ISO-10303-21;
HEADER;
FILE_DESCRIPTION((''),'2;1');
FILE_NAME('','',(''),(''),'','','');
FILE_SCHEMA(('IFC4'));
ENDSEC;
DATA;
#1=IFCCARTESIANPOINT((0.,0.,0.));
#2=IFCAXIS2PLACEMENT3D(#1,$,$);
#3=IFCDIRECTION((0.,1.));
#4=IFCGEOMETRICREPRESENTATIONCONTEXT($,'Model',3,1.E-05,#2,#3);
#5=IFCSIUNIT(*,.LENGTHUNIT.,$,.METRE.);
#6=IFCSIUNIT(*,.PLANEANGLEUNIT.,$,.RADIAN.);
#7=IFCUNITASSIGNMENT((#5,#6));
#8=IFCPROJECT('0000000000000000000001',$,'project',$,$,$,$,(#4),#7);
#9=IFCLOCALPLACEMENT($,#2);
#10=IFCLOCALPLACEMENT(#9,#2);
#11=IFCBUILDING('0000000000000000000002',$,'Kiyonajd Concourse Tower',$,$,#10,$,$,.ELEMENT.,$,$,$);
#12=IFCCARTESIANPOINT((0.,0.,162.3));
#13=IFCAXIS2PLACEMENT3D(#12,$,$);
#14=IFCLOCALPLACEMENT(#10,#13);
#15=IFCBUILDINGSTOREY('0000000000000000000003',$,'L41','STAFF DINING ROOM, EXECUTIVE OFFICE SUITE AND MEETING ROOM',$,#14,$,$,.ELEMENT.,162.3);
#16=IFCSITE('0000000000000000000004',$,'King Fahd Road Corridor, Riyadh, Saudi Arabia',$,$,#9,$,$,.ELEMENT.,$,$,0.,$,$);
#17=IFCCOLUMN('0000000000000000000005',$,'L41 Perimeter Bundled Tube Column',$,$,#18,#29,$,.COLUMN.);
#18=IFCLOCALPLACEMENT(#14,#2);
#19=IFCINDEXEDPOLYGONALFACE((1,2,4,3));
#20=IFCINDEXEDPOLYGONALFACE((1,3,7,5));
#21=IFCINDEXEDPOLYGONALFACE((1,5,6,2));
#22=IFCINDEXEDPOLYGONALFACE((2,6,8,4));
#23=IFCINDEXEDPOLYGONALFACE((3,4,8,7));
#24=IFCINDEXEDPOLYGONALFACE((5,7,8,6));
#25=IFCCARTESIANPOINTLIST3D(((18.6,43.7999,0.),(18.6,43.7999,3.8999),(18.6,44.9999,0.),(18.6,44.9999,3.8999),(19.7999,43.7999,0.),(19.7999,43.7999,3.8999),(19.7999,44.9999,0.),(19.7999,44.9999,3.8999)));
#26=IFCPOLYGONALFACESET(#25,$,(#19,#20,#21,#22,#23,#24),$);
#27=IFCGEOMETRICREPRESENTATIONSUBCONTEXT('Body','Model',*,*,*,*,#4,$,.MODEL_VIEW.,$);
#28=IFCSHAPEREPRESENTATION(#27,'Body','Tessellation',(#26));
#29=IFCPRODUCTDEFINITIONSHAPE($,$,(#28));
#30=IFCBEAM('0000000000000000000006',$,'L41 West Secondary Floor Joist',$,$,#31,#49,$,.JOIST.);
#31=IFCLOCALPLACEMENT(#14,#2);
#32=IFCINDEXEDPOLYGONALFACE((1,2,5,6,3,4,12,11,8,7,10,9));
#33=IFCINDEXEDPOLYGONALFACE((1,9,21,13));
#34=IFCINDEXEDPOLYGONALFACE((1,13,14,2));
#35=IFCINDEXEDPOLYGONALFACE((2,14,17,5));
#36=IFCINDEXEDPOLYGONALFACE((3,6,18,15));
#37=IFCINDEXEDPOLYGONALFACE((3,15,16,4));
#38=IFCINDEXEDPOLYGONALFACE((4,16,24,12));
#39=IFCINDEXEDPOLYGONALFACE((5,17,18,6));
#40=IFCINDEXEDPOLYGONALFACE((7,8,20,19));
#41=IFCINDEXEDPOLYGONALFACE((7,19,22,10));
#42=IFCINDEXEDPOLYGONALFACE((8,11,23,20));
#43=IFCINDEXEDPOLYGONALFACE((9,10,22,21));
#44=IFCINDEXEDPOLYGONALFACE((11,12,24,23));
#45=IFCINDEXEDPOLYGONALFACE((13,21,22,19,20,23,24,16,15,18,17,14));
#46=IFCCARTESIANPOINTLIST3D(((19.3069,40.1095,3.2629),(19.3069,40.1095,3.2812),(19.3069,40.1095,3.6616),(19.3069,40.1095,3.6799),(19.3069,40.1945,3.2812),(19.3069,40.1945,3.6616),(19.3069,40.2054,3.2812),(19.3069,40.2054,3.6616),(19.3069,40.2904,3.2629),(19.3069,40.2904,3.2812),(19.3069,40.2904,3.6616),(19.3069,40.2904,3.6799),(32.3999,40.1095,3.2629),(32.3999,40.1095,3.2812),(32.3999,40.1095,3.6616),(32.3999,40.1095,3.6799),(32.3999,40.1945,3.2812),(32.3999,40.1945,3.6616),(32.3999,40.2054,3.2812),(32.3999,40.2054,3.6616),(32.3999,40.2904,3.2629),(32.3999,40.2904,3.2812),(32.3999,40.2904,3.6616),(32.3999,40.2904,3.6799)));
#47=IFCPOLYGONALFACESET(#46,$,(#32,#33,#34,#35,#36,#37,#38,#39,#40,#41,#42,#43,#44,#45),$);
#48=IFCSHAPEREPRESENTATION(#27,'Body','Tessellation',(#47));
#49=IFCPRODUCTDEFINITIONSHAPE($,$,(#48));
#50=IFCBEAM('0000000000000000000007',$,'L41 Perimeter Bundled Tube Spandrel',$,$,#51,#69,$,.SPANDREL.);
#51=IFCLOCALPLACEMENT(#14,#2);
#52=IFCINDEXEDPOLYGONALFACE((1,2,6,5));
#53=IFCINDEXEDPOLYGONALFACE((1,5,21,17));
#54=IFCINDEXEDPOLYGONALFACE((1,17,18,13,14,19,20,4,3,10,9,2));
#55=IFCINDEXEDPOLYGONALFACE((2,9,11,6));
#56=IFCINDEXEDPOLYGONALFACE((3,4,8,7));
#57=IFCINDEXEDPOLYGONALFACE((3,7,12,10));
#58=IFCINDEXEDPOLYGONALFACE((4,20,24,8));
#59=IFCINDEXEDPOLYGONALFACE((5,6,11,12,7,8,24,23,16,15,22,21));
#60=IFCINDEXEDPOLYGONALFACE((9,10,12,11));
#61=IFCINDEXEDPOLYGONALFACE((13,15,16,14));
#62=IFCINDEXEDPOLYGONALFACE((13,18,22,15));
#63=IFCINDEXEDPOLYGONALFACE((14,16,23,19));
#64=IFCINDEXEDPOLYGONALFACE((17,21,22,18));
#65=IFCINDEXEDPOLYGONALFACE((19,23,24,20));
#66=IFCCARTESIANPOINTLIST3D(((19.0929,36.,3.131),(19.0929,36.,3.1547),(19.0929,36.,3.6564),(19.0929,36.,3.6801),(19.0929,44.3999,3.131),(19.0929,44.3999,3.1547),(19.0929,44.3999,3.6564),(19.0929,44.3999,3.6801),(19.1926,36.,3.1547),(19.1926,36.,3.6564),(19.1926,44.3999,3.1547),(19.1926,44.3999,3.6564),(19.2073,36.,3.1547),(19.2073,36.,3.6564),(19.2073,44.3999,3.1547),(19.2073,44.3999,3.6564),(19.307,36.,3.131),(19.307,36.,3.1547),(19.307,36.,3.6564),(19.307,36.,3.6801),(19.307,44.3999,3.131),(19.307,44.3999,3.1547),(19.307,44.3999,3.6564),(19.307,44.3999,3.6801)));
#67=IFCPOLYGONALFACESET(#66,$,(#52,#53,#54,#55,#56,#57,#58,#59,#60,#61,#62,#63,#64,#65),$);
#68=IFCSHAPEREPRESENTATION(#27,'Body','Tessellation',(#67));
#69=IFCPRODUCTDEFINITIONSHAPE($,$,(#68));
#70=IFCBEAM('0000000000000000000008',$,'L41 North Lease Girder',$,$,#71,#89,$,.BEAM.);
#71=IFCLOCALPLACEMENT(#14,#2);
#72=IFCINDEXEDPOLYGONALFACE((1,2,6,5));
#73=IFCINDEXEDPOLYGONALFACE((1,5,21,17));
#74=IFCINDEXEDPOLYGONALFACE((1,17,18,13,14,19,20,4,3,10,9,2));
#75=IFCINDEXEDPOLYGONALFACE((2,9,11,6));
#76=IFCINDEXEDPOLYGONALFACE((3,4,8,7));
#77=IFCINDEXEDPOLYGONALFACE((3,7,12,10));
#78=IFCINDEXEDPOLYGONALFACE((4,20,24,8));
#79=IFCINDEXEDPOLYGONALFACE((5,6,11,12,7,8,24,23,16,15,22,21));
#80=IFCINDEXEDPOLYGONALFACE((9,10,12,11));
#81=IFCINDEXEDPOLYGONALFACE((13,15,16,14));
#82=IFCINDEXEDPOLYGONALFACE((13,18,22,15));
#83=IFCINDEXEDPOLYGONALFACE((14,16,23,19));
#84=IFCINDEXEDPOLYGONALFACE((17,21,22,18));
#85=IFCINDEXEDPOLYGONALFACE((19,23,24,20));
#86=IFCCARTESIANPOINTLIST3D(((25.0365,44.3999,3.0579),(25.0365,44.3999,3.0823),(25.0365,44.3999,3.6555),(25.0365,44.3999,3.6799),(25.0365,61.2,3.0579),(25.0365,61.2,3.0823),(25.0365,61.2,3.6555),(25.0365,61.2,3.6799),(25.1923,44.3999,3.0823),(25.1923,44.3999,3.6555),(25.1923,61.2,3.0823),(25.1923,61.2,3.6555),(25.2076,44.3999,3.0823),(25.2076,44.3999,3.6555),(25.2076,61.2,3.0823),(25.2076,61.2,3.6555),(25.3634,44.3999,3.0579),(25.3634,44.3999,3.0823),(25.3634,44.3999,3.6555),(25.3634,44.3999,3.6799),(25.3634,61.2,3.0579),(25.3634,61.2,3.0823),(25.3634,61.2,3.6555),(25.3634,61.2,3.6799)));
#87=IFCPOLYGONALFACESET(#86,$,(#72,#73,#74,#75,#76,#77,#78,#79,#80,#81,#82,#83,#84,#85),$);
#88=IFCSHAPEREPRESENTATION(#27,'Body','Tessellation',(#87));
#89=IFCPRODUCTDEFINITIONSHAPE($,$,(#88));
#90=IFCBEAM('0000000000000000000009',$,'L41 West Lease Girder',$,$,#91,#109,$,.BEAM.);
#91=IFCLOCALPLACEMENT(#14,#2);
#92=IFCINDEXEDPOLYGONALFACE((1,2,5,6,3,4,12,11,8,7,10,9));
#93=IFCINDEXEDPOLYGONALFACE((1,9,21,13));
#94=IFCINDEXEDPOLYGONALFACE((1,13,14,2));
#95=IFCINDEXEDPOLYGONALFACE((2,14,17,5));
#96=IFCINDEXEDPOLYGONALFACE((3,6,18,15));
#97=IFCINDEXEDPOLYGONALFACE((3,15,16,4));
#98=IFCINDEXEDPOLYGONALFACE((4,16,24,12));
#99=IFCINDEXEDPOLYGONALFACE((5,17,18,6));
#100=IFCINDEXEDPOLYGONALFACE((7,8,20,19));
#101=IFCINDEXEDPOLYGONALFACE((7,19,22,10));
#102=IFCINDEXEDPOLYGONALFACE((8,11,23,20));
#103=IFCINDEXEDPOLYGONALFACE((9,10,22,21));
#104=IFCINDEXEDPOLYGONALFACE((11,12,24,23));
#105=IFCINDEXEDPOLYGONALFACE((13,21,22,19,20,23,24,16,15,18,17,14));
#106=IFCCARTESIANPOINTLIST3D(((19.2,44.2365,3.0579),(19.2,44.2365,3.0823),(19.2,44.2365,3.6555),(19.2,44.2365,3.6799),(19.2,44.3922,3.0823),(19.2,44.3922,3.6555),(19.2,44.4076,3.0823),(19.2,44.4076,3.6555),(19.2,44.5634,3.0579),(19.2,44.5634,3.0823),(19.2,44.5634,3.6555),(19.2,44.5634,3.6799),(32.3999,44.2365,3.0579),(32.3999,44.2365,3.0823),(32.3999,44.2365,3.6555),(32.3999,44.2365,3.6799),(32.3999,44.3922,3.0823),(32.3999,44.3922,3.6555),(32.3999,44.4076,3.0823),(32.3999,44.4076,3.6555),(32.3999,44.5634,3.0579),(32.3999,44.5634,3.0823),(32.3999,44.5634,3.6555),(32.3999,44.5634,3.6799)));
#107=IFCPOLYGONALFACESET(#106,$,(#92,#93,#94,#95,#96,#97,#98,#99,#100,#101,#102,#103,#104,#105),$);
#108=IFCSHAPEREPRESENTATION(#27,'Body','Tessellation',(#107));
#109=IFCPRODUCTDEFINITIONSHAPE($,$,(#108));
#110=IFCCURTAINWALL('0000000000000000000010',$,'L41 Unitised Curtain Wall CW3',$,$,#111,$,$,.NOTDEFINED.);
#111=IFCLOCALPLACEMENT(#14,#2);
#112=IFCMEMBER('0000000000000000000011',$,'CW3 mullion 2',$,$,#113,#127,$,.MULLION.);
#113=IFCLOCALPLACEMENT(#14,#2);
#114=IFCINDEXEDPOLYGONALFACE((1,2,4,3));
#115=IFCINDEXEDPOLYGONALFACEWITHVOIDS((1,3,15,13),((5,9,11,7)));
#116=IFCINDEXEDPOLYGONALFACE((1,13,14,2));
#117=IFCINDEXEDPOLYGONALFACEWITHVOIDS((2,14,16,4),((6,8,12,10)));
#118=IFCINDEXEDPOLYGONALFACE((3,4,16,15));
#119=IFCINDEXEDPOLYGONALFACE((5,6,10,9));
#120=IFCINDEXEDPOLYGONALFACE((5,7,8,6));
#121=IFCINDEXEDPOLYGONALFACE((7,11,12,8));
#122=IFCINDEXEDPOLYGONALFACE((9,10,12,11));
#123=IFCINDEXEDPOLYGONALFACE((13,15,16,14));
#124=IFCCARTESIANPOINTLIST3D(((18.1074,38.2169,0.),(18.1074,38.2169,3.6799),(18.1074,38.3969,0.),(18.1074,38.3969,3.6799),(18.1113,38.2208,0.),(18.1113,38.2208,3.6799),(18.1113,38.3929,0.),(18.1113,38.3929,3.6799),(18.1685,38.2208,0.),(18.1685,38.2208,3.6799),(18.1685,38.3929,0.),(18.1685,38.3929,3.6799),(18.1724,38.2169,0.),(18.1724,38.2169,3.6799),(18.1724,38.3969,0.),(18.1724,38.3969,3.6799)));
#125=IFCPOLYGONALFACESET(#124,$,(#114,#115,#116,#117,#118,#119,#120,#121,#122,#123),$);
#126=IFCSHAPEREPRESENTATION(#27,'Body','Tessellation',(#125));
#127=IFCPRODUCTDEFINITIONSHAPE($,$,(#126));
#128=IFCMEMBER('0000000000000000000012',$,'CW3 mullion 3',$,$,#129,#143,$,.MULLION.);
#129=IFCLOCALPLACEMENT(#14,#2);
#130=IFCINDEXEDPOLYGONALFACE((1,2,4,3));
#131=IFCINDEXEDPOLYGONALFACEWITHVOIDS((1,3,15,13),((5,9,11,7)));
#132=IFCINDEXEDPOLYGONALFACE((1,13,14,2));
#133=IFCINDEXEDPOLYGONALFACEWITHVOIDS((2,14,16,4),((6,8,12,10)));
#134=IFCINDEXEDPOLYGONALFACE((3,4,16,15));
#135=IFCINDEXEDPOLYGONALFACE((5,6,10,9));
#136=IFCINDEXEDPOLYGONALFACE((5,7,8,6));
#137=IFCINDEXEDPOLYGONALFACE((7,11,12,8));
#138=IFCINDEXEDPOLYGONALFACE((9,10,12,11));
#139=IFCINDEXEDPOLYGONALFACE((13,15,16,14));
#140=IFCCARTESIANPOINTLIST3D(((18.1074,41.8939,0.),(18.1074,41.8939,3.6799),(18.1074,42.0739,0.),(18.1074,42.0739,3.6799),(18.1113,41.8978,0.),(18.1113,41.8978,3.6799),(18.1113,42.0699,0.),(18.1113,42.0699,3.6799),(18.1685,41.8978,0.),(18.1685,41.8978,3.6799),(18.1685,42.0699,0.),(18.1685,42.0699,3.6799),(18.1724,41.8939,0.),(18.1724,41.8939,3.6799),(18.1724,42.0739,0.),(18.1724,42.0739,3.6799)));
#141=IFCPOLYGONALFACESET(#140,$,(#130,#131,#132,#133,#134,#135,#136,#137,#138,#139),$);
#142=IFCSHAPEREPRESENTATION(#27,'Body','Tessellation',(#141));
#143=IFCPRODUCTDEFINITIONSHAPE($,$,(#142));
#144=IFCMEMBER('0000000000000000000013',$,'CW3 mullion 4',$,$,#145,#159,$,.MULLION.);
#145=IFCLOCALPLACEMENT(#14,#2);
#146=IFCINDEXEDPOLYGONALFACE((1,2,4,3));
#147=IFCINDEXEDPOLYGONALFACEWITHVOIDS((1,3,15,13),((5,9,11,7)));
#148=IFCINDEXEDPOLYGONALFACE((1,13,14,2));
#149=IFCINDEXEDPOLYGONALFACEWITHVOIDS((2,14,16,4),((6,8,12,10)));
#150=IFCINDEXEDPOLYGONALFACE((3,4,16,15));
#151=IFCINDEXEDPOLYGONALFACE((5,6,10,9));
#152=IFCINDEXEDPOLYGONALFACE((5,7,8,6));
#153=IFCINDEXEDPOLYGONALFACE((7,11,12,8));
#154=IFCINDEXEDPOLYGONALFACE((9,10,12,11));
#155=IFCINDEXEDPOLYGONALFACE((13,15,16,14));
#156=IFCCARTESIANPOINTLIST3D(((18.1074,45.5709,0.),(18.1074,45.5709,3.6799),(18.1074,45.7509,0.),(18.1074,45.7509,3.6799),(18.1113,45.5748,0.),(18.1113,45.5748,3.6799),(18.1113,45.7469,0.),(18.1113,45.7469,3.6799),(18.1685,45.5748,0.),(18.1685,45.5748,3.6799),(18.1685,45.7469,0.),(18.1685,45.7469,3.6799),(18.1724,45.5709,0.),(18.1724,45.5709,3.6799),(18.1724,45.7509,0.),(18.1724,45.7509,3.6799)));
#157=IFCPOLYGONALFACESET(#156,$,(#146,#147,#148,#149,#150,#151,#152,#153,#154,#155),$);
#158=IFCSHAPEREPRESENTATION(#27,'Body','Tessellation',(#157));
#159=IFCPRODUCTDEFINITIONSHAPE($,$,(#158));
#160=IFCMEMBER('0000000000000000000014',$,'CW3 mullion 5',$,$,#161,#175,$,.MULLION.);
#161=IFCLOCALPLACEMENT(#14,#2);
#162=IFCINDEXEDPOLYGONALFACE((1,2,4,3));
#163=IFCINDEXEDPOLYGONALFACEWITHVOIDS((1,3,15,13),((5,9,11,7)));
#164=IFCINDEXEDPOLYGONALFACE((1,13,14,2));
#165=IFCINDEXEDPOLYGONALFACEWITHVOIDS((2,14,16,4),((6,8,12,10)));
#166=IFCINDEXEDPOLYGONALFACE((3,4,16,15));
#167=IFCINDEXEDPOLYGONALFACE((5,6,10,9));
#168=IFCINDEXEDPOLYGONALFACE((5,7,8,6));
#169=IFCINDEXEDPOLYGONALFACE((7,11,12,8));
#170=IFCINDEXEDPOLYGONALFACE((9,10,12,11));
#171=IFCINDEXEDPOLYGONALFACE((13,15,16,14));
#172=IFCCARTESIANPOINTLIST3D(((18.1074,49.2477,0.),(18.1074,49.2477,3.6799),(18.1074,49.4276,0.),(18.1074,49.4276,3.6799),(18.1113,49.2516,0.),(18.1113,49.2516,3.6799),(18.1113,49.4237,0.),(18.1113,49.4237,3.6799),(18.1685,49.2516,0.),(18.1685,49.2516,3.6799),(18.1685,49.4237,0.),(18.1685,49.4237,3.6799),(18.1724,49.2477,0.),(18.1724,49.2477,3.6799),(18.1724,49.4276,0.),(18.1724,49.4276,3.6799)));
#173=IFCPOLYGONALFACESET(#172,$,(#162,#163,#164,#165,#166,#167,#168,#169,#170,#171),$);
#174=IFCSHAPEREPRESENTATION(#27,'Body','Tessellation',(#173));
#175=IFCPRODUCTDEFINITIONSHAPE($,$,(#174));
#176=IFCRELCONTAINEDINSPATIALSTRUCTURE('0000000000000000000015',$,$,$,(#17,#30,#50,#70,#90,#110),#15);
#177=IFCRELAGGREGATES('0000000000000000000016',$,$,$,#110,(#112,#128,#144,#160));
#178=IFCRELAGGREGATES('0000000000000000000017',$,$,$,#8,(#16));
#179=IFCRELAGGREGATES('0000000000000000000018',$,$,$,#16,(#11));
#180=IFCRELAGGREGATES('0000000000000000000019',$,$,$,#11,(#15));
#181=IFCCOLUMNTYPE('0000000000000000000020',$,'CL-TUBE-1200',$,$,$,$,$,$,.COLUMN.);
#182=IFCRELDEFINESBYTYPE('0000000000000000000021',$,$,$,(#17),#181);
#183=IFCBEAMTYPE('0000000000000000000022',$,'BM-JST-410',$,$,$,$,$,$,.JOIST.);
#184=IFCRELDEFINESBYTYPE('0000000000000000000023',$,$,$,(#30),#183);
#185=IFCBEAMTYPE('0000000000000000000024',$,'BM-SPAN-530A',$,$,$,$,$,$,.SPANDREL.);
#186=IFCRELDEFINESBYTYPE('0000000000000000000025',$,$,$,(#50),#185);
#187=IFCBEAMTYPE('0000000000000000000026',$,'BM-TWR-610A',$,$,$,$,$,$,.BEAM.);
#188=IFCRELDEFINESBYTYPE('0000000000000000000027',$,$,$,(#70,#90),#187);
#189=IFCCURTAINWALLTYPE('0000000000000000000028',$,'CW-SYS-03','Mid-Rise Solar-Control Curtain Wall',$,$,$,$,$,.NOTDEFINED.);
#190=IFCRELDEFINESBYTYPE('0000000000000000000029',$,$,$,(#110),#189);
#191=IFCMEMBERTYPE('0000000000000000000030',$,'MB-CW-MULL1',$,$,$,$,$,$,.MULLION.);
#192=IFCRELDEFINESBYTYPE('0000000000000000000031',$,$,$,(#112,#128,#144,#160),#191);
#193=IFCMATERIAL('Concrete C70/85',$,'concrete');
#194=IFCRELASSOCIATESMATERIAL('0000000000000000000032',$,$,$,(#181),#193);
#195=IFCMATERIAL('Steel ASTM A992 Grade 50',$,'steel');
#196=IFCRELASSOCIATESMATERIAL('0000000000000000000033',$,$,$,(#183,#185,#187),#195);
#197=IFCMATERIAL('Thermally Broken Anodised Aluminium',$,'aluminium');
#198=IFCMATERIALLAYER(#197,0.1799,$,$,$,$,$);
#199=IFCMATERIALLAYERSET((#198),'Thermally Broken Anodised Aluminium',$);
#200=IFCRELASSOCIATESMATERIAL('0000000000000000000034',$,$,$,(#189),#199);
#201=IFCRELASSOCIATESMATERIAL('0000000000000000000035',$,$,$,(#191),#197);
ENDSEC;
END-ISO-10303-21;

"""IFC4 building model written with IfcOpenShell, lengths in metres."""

from ifc_helpers import new_model, si_unit, direction, frame, origin, origin_2d, place, context, subcontext, project, spatial, rectangle, hollow_rectangle, i_section, extrude, material, layer, layer_set, material_profile, profile_set, type_object, element, aggregate, save


model = new_model("IFC4")

# Units and contexts
model_context = context("Model", 3, precision=1e-05, world=origin(), true_north=direction((0.0, 1.0)))
body_context = subcontext(model_context, "Body", "Model", "MODEL_VIEW")
ifc_project = project(units=[si_unit("LENGTHUNIT", "METRE"), si_unit("PLANEANGLEUNIT", "RADIAN")], contexts=[model_context])

# Site, building, storey
site_placement = place(None, origin())
site = spatial("IfcSite", under=ifc_project, at=site_placement, Name="King Fahd Road Corridor, Riyadh, Saudi Arabia", CompositionType="ELEMENT", RefElevation=0.0)
building_placement = place(site_placement, origin())
building = spatial("IfcBuilding", under=site, at=building_placement, Name="Kiyonajd Concourse Tower", CompositionType="ELEMENT")
storey_placement = place(building_placement, frame((0.0, 0.0, 162.3)))
storey = spatial("IfcBuildingStorey", under=building, at=storey_placement, Name="L41", Description="STAFF DINING ROOM, EXECUTIVE OFFICE SUITE AND MEETING ROOM", CompositionType="ELEMENT", Elevation=162.3)

# Column
ifc_material_1 = material(Name="Concrete C70/85", Category="concrete")
ifc_material_profile_1 = material_profile(ifc_material_1, rectangle(XDim=1.2, YDim=1.2, at=origin_2d()), Name="RC-1200x1200")
ifc_profile_set_1 = profile_set([ifc_material_profile_1], Name="Concrete C70/85")
column_type = type_object("IfcColumnType", Name="CL-TUBE-1200", PredefinedType="COLUMN", material=ifc_profile_set_1)
column_placement = place(storey_placement, frame((19.2, 44.3999, 0.0), z_axis=(0.0, 0.0, 1.0), x_axis=(1.0, 0.0, 0.0)))
element("IfcColumn", 1, at=column_placement, inside=storey, type_object=column_type, Name="L41 Perimeter Bundled Tube Column", PredefinedType="COLUMN", context=body_context, shape_type="SweptSolid", body=[
    extrude(rectangle(XDim=1.2, YDim=1.2, at=origin_2d()), origin(), (0.0, 0.0, 1.0), 3.8999),
])

# Beams
ifc_material_2 = material(Name="Steel ASTM A992 Grade 50", Category="steel")
ifc_material_profile_2 = material_profile(ifc_material_2, i_section(OverallWidth=0.1809, OverallDepth=0.417, WebThickness=0.011, FlangeThickness=0.0183, at=origin_2d()), Name="W410X85")
ifc_profile_set_2 = profile_set([ifc_material_profile_2], Name="Steel ASTM A992 Grade 50")
beam_type_1 = type_object("IfcBeamType", Name="BM-JST-410", PredefinedType="JOIST", material=ifc_profile_set_2)
beam_1_placement = place(storey_placement, frame((19.3069, 40.2, 3.4714), z_axis=(1.0, 0.0, 0.0), x_axis=(0.0, 1.0, 0.0)))
element("IfcBeam", 2, at=beam_1_placement, inside=storey, type_object=beam_type_1, Name="L41 West Secondary Floor Joist", PredefinedType="JOIST", context=body_context, shape_type="SweptSolid", body=[
    extrude(i_section(OverallWidth=0.1809, OverallDepth=0.417, WebThickness=0.011, FlangeThickness=0.0183, at=origin_2d()), origin(), (0.0, 0.0, 1.0), 13.093),
])
ifc_material_profile_3 = material_profile(ifc_material_2, i_section(OverallWidth=0.2141, OverallDepth=0.5491, WebThickness=0.0146, FlangeThickness=0.0237, at=origin_2d()), Name="W530X138")
ifc_profile_set_3 = profile_set([ifc_material_profile_3], Name="Steel ASTM A992 Grade 50")
beam_type_2 = type_object("IfcBeamType", Name="BM-SPAN-530A", PredefinedType="SPANDREL", material=ifc_profile_set_3)
beam_2_placement = place(storey_placement, frame((19.2, 44.3999, 3.4055), z_axis=(0.0, -1.0, 0.0), x_axis=(1.0, 0.0, 0.0)))
element("IfcBeam", 3, at=beam_2_placement, inside=storey, type_object=beam_type_2, Name="L41 Perimeter Bundled Tube Spandrel", PredefinedType="SPANDREL", context=body_context, shape_type="SweptSolid", body=[
    extrude(i_section(OverallWidth=0.2141, OverallDepth=0.5491, WebThickness=0.0146, FlangeThickness=0.0237, at=origin_2d()), origin(), (0.0, 0.0, 1.0), 8.3999),
])
ifc_material_profile_4 = material_profile(ifc_material_2, i_section(OverallWidth=0.3269, OverallDepth=0.6221, WebThickness=0.0154, FlangeThickness=0.0244, at=origin_2d()), Name="W610X195")
ifc_profile_set_4 = profile_set([ifc_material_profile_4], Name="Steel ASTM A992 Grade 50")
beam_type_3 = type_object("IfcBeamType", Name="BM-TWR-610A", PredefinedType="BEAM", material=ifc_profile_set_4)
beam_3_placement = place(storey_placement, frame((25.2, 44.3999, 3.3689), z_axis=(0.0, 1.0, 0.0), x_axis=(-1.0, 0.0, 0.0)))
element("IfcBeam", 4, at=beam_3_placement, inside=storey, type_object=beam_type_3, Name="L41 North Lease Girder", PredefinedType="BEAM", context=body_context, shape_type="SweptSolid", body=[
    extrude(i_section(OverallWidth=0.3269, OverallDepth=0.6221, WebThickness=0.0154, FlangeThickness=0.0244, at=origin_2d()), origin(), (0.0, 0.0, 1.0), 16.8),
])
beam_4_placement = place(storey_placement, frame((19.2, 44.3999, 3.3689), z_axis=(1.0, 0.0, 0.0), x_axis=(0.0, 1.0, 0.0)))
element("IfcBeam", 5, at=beam_4_placement, inside=storey, type_object=beam_type_3, Name="L41 West Lease Girder", PredefinedType="BEAM", context=body_context, shape_type="SweptSolid", body=[
    extrude(i_section(OverallWidth=0.3269, OverallDepth=0.6221, WebThickness=0.0154, FlangeThickness=0.0244, at=origin_2d()), origin(), (0.0, 0.0, 1.0), 13.2),
])

# Curtain wall, members
ifc_material_3 = material(Name="Thermally Broken Anodised Aluminium", Category="aluminium")
ifc_layer_1 = layer(ifc_material_3, 0.1799)
ifc_layer_set_1 = layer_set([ifc_layer_1], Name="Thermally Broken Anodised Aluminium")
curtain_wall_type = type_object("IfcCurtainWallType", Name="CW-SYS-03", Description="Mid-Rise Solar-Control Curtain Wall", PredefinedType="NOTDEFINED", material=ifc_layer_set_1)
curtain_wall_placement = place(storey_placement, origin())
curtain_wall = element("IfcCurtainWall", 6, at=curtain_wall_placement, inside=storey, type_object=curtain_wall_type, Name="L41 Unitised Curtain Wall CW3", PredefinedType="NOTDEFINED")
ifc_material_profile_5 = material_profile(ifc_material_3, hollow_rectangle(XDim=0.0649, YDim=0.1799, WallThickness=0.0039, at=origin_2d()), Name="MULL-65x180")
ifc_profile_set_5 = profile_set([ifc_material_profile_5], Name="Thermally Broken Anodised Aluminium")
member_type_1 = type_object("IfcMemberType", Name="MB-CW-MULL1", PredefinedType="MULLION", material=ifc_profile_set_5)
member_1_placement = place(storey_placement, frame((18.1399, 38.3069, 0.0), z_axis=(0.0, 0.0, 1.0), x_axis=(-1.0, 0.0, 0.0)))
member_1 = element("IfcMember", 7, at=member_1_placement, type_object=member_type_1, Name="CW3 mullion 2", PredefinedType="MULLION", context=body_context, shape_type="SweptSolid", body=[
    extrude(hollow_rectangle(XDim=0.0649, YDim=0.1799, WallThickness=0.0039, at=origin_2d()), origin(), (0.0, 0.0, 1.0), 3.6799),
])
member_2_placement = place(storey_placement, frame((18.1399, 41.9839, 0.0), z_axis=(0.0, 0.0, 1.0), x_axis=(-1.0, 0.0, 0.0)))
member_2 = element("IfcMember", 8, at=member_2_placement, type_object=member_type_1, Name="CW3 mullion 3", PredefinedType="MULLION", context=body_context, shape_type="SweptSolid", body=[
    extrude(hollow_rectangle(XDim=0.0649, YDim=0.1799, WallThickness=0.0039, at=origin_2d()), origin(), (0.0, 0.0, 1.0), 3.6799),
])
member_3_placement = place(storey_placement, frame((18.1399, 45.6609, 0.0), z_axis=(0.0, 0.0, 1.0), x_axis=(-1.0, 0.0, 0.0)))
member_3 = element("IfcMember", 9, at=member_3_placement, type_object=member_type_1, Name="CW3 mullion 4", PredefinedType="MULLION", context=body_context, shape_type="SweptSolid", body=[
    extrude(hollow_rectangle(XDim=0.0649, YDim=0.1799, WallThickness=0.0039, at=origin_2d()), origin(), (0.0, 0.0, 1.0), 3.6799),
])
member_4_placement = place(storey_placement, frame((18.1399, 49.3376, 0.0), z_axis=(0.0, 0.0, 1.0), x_axis=(-1.0, 0.0, 0.0)))
member_4 = element("IfcMember", 10, at=member_4_placement, type_object=member_type_1, Name="CW3 mullion 5", PredefinedType="MULLION", context=body_context, shape_type="SweptSolid", body=[
    extrude(hollow_rectangle(XDim=0.0649, YDim=0.1799, WallThickness=0.0039, at=origin_2d()), origin(), (0.0, 0.0, 1.0), 3.6799),
])
aggregate(curtain_wall, [member_1, member_2, member_3, member_4])

save(model, "model.ifc")
